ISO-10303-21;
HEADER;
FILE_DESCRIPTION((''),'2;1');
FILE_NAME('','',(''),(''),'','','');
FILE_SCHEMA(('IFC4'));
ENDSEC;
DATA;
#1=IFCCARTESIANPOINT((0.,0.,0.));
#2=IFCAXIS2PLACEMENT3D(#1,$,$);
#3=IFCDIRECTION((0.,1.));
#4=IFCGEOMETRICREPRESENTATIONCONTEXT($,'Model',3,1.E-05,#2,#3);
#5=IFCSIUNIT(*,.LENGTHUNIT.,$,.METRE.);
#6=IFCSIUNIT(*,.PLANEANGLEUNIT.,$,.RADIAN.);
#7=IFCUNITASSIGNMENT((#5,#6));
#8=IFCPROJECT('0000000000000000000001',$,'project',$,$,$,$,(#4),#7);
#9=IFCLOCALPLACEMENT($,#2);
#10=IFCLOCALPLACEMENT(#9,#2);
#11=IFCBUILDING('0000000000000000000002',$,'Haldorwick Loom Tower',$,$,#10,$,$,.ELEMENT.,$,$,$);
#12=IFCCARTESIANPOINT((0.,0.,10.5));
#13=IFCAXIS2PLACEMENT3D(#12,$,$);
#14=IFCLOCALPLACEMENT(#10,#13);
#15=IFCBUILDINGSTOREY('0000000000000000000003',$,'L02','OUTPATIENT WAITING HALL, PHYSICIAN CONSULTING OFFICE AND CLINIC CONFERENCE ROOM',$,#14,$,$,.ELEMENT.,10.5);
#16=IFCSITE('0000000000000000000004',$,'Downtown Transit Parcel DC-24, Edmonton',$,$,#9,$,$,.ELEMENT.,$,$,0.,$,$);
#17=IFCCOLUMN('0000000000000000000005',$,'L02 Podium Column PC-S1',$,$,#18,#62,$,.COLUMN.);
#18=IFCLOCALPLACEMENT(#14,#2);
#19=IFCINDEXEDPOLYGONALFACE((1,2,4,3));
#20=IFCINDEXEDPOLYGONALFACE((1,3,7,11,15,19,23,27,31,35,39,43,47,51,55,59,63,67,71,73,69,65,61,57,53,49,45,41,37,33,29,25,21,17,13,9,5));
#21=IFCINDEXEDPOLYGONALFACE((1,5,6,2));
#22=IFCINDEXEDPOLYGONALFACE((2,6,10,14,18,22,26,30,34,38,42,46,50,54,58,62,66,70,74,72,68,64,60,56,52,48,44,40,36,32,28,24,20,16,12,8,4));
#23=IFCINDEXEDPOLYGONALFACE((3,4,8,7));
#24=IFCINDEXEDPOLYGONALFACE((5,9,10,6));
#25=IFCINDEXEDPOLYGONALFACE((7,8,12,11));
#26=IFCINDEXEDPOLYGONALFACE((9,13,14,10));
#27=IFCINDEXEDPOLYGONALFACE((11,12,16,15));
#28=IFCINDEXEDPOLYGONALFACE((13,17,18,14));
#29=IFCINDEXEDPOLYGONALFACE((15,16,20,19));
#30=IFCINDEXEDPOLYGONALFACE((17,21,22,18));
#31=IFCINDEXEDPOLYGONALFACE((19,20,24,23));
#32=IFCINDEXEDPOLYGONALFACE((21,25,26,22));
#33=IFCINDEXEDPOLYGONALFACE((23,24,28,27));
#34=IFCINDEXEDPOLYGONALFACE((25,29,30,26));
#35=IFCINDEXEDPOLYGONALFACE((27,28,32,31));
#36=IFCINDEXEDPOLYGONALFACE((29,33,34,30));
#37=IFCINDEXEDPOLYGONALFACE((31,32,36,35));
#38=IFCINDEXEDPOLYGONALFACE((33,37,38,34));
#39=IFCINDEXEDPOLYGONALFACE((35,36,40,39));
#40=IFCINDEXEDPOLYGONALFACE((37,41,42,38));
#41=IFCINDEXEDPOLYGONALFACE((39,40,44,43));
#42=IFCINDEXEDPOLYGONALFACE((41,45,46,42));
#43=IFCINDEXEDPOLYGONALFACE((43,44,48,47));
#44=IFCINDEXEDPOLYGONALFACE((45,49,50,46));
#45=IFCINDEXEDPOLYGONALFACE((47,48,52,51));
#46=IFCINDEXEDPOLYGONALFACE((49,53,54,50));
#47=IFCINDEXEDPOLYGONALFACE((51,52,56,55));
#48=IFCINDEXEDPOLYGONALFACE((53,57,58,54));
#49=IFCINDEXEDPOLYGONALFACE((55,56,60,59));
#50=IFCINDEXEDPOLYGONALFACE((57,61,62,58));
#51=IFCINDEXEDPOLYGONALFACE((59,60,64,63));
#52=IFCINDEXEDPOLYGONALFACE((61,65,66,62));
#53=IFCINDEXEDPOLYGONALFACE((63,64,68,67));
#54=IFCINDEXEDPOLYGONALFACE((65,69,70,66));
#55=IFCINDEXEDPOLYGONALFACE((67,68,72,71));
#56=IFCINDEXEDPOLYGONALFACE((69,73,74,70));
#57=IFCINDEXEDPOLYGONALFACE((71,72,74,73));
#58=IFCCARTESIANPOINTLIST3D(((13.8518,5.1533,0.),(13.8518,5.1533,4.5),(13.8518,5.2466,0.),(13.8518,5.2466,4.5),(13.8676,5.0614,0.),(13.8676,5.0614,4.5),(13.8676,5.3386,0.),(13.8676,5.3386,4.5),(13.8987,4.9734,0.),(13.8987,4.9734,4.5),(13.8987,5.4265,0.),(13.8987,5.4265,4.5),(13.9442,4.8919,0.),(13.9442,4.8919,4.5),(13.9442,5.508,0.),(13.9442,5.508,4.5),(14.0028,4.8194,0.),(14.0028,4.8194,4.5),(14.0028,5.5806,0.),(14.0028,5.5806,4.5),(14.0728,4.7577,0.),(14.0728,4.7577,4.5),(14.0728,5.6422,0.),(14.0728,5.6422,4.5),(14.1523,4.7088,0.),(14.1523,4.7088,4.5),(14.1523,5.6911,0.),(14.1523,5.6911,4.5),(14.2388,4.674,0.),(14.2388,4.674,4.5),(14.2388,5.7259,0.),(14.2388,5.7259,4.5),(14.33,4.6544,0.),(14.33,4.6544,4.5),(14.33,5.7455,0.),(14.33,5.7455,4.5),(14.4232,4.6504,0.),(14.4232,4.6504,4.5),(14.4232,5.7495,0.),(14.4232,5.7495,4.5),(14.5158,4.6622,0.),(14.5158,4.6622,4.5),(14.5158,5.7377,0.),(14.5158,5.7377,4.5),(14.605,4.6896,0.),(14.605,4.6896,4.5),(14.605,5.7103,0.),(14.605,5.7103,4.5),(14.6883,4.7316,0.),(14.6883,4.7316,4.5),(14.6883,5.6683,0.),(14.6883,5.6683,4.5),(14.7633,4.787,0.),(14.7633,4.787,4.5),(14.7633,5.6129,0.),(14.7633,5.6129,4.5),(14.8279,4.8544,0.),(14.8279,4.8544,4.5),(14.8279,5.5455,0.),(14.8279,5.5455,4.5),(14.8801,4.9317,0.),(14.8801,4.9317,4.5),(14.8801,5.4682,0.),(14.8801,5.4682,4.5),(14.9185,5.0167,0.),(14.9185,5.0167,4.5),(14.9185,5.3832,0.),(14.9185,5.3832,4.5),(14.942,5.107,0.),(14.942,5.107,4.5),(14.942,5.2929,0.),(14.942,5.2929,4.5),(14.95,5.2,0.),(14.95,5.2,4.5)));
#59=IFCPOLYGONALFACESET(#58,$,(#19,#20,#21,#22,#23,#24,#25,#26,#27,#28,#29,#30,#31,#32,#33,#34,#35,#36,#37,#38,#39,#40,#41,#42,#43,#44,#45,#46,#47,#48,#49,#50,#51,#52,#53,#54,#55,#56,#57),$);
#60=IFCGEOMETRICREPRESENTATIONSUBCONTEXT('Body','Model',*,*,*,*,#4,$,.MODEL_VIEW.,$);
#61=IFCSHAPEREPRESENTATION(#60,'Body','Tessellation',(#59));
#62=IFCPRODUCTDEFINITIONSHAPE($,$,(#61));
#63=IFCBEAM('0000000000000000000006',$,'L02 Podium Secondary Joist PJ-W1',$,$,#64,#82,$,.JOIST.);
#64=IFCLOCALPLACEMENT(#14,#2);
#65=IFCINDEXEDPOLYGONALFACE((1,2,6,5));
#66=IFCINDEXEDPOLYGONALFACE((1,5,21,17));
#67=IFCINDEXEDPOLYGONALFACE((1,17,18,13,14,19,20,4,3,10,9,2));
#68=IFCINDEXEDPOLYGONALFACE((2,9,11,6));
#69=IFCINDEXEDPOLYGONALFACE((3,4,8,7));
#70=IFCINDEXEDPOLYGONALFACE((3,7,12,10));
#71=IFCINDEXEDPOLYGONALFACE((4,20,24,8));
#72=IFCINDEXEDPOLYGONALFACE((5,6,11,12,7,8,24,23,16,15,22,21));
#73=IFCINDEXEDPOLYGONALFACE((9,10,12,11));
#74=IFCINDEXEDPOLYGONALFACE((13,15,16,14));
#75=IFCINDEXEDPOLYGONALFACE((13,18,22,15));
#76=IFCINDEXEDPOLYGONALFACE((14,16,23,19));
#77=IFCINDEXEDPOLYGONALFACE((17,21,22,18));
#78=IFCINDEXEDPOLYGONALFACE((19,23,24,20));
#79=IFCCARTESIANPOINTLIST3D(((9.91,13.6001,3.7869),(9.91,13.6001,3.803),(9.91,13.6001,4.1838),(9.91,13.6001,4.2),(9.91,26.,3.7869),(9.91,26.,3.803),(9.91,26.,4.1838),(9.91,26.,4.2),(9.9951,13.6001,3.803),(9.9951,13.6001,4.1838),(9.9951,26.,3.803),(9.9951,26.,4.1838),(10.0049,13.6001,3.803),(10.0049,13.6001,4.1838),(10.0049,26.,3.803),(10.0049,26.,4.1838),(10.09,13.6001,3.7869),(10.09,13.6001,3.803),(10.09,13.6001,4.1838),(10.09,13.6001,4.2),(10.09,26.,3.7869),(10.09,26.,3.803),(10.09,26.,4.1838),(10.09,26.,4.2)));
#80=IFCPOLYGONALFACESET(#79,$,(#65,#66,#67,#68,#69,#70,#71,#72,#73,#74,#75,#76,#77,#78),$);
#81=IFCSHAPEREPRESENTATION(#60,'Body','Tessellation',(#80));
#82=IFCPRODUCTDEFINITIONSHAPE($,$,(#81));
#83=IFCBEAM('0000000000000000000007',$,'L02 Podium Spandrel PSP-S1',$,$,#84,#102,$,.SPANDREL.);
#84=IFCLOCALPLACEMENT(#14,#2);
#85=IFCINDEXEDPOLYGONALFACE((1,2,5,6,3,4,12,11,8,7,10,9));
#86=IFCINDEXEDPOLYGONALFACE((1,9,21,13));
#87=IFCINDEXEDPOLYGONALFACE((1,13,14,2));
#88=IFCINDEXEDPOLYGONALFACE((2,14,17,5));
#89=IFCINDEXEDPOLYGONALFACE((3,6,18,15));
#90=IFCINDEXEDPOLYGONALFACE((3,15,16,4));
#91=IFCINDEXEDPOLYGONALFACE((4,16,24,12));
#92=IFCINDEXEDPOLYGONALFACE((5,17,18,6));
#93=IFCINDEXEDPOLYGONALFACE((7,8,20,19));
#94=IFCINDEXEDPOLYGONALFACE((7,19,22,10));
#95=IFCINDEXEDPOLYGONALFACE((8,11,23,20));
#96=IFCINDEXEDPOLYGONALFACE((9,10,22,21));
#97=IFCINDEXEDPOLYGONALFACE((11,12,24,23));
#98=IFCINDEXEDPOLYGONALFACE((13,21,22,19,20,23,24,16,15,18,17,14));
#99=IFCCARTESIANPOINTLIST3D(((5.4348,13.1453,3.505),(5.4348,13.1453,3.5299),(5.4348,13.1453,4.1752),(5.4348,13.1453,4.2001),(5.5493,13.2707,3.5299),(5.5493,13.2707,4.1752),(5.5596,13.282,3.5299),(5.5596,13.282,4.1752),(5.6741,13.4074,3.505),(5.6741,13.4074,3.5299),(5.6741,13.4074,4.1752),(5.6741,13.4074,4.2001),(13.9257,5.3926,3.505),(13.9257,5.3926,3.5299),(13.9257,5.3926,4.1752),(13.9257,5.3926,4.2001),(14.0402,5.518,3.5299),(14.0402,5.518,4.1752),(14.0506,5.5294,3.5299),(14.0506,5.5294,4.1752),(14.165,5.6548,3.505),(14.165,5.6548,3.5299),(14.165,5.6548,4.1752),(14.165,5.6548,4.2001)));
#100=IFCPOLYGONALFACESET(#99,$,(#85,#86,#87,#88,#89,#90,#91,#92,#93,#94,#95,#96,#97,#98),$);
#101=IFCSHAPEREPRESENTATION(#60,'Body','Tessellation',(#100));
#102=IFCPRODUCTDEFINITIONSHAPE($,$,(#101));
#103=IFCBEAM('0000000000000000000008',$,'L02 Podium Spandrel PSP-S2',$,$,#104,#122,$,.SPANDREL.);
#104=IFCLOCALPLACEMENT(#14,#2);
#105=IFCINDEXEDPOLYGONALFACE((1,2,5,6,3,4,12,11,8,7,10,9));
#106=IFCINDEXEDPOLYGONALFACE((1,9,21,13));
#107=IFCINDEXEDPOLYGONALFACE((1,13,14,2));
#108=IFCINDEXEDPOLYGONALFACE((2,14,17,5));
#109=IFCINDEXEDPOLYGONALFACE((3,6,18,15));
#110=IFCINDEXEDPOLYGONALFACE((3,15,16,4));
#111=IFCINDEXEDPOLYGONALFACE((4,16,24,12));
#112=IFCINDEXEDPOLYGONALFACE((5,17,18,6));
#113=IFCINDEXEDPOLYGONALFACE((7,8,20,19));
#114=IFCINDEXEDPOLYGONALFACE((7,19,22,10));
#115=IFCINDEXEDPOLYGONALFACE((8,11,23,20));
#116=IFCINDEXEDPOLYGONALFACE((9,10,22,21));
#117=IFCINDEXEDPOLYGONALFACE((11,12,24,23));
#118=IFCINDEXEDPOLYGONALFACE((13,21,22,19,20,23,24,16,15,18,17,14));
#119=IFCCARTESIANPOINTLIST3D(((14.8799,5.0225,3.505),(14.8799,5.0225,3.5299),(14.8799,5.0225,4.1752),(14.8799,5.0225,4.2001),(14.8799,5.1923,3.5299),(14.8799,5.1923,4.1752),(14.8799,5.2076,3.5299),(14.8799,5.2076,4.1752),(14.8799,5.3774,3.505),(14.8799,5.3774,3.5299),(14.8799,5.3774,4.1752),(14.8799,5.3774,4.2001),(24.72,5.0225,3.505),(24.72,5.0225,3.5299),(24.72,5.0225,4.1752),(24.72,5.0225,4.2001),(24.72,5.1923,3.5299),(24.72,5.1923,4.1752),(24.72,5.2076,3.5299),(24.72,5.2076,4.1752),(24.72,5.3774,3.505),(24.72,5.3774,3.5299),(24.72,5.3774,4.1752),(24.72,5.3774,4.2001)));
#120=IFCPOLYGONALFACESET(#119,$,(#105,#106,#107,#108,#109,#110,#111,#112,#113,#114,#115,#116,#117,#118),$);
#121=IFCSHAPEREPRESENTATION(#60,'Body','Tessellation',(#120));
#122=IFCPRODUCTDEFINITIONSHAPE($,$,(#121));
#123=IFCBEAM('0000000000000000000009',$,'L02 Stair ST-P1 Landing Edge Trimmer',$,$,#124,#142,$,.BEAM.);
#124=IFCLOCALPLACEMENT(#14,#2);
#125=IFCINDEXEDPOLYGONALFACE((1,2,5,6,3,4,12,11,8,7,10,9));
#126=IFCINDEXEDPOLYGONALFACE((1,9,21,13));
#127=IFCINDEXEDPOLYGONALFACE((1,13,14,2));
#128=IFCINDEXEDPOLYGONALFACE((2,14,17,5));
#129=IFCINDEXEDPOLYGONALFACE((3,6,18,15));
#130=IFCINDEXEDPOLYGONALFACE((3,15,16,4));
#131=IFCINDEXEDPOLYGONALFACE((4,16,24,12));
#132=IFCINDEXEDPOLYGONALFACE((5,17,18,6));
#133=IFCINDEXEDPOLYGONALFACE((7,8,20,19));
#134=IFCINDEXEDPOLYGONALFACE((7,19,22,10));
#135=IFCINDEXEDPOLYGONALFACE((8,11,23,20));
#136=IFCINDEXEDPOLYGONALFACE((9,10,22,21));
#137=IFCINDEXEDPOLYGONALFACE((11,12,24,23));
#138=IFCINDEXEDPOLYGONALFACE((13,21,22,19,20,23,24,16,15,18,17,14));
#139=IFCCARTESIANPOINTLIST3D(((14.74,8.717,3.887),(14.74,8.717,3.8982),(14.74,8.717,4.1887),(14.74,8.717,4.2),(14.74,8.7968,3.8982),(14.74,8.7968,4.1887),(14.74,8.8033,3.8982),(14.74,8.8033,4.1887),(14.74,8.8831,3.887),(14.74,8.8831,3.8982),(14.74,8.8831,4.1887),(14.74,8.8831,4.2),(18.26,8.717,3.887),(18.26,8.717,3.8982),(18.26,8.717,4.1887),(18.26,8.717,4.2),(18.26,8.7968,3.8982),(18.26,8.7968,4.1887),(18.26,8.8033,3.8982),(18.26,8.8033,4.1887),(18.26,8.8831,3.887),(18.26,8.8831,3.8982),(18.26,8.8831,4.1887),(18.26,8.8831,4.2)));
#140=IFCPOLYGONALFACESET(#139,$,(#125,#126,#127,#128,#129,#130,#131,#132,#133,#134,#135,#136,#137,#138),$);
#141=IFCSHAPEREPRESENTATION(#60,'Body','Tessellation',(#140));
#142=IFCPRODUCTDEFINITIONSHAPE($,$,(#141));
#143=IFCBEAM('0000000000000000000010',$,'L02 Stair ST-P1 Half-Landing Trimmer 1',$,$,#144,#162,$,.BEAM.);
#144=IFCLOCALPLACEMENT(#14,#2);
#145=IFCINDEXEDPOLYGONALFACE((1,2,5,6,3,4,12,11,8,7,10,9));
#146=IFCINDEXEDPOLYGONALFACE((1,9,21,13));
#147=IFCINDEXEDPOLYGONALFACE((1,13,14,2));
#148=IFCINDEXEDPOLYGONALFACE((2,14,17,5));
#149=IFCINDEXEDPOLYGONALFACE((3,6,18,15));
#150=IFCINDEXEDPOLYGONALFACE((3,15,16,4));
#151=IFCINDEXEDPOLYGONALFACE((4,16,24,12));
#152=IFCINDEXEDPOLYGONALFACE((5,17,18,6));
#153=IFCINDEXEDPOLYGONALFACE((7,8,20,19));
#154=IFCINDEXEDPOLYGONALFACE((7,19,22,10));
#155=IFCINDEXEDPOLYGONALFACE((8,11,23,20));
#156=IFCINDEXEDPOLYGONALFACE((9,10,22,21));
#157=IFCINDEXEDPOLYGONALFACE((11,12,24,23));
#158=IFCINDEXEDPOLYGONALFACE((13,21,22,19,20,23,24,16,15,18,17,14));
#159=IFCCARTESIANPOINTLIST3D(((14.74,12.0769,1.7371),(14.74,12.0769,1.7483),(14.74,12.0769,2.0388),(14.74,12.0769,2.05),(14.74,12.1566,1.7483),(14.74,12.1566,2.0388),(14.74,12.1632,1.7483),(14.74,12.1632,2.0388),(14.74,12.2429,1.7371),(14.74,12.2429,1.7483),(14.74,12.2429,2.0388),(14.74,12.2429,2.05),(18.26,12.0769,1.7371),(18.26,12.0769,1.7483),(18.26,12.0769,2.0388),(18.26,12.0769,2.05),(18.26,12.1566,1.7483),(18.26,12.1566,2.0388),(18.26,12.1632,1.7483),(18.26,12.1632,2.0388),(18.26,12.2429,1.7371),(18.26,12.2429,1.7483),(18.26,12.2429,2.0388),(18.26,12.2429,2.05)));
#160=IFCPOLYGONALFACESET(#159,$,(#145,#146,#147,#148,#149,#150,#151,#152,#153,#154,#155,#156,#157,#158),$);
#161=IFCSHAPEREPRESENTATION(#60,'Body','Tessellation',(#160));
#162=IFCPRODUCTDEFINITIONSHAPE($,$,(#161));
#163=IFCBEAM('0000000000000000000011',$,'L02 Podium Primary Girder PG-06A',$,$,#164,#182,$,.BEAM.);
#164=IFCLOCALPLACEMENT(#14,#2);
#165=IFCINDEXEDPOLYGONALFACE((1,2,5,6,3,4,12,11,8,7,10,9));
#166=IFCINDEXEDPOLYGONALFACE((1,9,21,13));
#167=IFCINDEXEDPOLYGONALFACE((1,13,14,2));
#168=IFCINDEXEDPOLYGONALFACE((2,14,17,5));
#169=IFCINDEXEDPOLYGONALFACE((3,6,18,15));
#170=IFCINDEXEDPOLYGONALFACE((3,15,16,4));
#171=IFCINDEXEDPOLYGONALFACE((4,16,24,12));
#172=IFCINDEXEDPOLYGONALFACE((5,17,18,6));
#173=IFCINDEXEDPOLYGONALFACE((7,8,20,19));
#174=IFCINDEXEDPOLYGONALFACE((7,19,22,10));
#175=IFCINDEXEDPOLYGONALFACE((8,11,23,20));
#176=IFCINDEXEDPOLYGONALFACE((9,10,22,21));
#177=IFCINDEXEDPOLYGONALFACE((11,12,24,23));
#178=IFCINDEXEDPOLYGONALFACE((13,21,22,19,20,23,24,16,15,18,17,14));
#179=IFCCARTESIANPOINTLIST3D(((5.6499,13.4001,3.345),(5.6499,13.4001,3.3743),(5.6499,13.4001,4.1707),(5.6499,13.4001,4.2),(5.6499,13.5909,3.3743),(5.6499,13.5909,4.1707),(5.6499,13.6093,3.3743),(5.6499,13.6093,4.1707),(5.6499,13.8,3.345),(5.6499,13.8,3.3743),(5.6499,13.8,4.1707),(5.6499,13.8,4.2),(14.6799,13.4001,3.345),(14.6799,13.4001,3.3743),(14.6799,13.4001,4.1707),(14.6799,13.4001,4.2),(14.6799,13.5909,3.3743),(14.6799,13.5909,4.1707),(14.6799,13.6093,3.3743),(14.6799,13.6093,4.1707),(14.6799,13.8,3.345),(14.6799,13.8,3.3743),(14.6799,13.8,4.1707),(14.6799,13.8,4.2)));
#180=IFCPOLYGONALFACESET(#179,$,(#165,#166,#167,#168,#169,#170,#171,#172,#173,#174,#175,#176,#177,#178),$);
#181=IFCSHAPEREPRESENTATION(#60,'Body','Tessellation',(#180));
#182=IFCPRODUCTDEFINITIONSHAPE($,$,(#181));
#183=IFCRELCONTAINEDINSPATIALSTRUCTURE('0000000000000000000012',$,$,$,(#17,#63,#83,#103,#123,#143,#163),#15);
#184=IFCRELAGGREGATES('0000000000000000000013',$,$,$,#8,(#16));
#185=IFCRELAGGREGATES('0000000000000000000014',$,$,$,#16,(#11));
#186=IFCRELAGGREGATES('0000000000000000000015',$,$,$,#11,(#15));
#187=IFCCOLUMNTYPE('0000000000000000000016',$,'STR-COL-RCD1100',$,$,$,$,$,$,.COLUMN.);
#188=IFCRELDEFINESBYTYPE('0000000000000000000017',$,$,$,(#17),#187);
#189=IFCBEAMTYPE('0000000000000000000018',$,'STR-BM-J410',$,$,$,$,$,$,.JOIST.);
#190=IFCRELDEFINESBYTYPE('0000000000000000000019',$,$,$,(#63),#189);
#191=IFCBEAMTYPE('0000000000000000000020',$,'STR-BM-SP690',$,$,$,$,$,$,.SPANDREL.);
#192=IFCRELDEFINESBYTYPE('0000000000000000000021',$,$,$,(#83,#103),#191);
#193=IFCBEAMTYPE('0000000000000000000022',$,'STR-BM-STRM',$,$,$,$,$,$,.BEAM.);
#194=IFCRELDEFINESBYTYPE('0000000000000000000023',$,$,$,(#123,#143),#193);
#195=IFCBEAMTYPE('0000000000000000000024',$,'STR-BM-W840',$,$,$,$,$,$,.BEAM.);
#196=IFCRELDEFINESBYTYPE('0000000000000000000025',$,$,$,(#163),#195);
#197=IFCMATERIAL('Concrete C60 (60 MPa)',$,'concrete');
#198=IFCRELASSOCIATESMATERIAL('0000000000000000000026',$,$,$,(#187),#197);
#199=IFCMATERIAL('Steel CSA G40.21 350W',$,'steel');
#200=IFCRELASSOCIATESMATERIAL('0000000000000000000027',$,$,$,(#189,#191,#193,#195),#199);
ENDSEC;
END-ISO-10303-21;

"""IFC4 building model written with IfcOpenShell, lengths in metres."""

from ifc_helpers import new_model, si_unit, direction, frame, origin, origin_2d, place, context, subcontext, project, spatial, circle, i_section, extrude, material, material_profile, profile_set, type_object, element, save


model = new_model("IFC4")

# Units and contexts
model_context = context("Model", 3, precision=1e-05, world=origin(), true_north=direction((0.0, 1.0)))
body_context = subcontext(model_context, "Body", "Model", "MODEL_VIEW")
ifc_project = project(units=[si_unit("LENGTHUNIT", "METRE"), si_unit("PLANEANGLEUNIT", "RADIAN")], contexts=[model_context])

# Site, building, storey
site_placement = place(None, origin())
site = spatial("IfcSite", under=ifc_project, at=site_placement, Name="Downtown Transit Parcel DC-24, Edmonton", CompositionType="ELEMENT", RefElevation=0.0)
building_placement = place(site_placement, origin())
building = spatial("IfcBuilding", under=site, at=building_placement, Name="Haldorwick Loom Tower", CompositionType="ELEMENT")
storey_placement = place(building_placement, frame((0.0, 0.0, 10.5)))
storey = spatial("IfcBuildingStorey", under=building, at=storey_placement, Name="L02", Description="OUTPATIENT WAITING HALL, PHYSICIAN CONSULTING OFFICE AND CLINIC CONFERENCE ROOM", CompositionType="ELEMENT", Elevation=10.5)

# Column
ifc_material_1 = material(Name="Concrete C60 (60 MPa)", Category="concrete")
ifc_material_profile_1 = material_profile(ifc_material_1, circle(Radius=0.55, at=origin_2d()), Name="RCD1100", Category="concrete")
ifc_profile_set_1 = profile_set([ifc_material_profile_1], Name="Concrete C60 (60 MPa)")
column_type = type_object("IfcColumnType", Name="STR-COL-RCD1100", PredefinedType="COLUMN", material=ifc_profile_set_1)
column_placement = place(storey_placement, frame((14.3999, 5.2, 0.0), z_axis=(0.0, 0.0, 1.0), x_axis=(1.0, 0.0, 0.0)))
element("IfcColumn", 1, at=column_placement, inside=storey, type_object=column_type, Name="L02 Podium Column PC-S1", PredefinedType="COLUMN", context=body_context, shape_type="SweptSolid", body=[
    extrude(circle(Radius=0.55, at=origin_2d()), origin(), (0.0, 0.0, 1.0), 4.5),
])

# Beams
ifc_material_2 = material(Name="Steel CSA G40.21 350W", Category="steel")
ifc_material_profile_2 = material_profile(ifc_material_2, i_section(OverallWidth=0.1799, OverallDepth=0.4131, WebThickness=0.0098, FlangeThickness=0.0161, at=origin_2d()), Name="W410X74", Category="steel")
ifc_profile_set_2 = profile_set([ifc_material_profile_2], Name="Steel CSA G40.21 350W")
beam_type_1 = type_object("IfcBeamType", Name="STR-BM-J410", PredefinedType="JOIST", material=ifc_profile_set_2)
beam_1_placement = place(storey_placement, frame((10.0, 13.6001, 3.9934), z_axis=(0.0, 1.0, 0.0), x_axis=(-1.0, 0.0, 0.0)))
element("IfcBeam", 2, at=beam_1_placement, inside=storey, type_object=beam_type_1, Name="L02 Podium Secondary Joist PJ-W1", PredefinedType="JOIST", context=body_context, shape_type="SweptSolid", body=[
    extrude(i_section(OverallWidth=0.1799, OverallDepth=0.4131, WebThickness=0.0098, FlangeThickness=0.0161, at=origin_2d()), origin(), (0.0, 0.0, 1.0), 12.3999),
])
ifc_material_profile_3 = material_profile(ifc_material_2, i_section(OverallWidth=0.355, OverallDepth=0.6951, WebThickness=0.0154, FlangeThickness=0.0249, at=origin_2d()), Name="W690X217", Category="steel")
ifc_profile_set_3 = profile_set([ifc_material_profile_3], Name="Steel CSA G40.21 350W")
beam_type_2 = type_object("IfcBeamType", Name="STR-BM-SP690", PredefinedType="SPANDREL", material=ifc_profile_set_3)
beam_2_placement = place(storey_placement, frame((5.5544, 13.2764, 3.8525), z_axis=(0.738483, -0.674272, 0.0), x_axis=(0.674272, 0.738483, 0.0)))
element("IfcBeam", 3, at=beam_2_placement, inside=storey, type_object=beam_type_2, Name="L02 Podium Spandrel PSP-S1", PredefinedType="SPANDREL", context=body_context, shape_type="SweptSolid", body=[
    extrude(i_section(OverallWidth=0.355, OverallDepth=0.6951, WebThickness=0.0154, FlangeThickness=0.0249, at=origin_2d()), origin(), (0.0, 0.0, 1.0), 11.4978),
])
beam_3_placement = place(storey_placement, frame((14.8799, 5.2, 3.8525), z_axis=(1.0, 0.0, 0.0), x_axis=(0.0, 1.0, 0.0)))
element("IfcBeam", 4, at=beam_3_placement, inside=storey, type_object=beam_type_2, Name="L02 Podium Spandrel PSP-S2", PredefinedType="SPANDREL", context=body_context, shape_type="SweptSolid", body=[
    extrude(i_section(OverallWidth=0.355, OverallDepth=0.6951, WebThickness=0.0154, FlangeThickness=0.0249, at=origin_2d()), origin(), (0.0, 0.0, 1.0), 9.8401),
])
ifc_material_profile_4 = material_profile(ifc_material_2, i_section(OverallWidth=0.166, OverallDepth=0.313, WebThickness=0.0066, FlangeThickness=0.0112, at=origin_2d()), Name="W310X45", Category="steel")
ifc_profile_set_4 = profile_set([ifc_material_profile_4], Name="Steel CSA G40.21 350W")
beam_type_3 = type_object("IfcBeamType", Name="STR-BM-STRM", PredefinedType="BEAM", material=ifc_profile_set_4)
for number, where, z_axis, x_axis, name in (
    (5, (14.74, 8.8, 4.0435), (1.0, 0.0, 0.0), (0.0, 1.0, 0.0), "L02 Stair ST-P1 Landing Edge Trimmer"),
    (6, (14.74, 12.1599, 1.8936), (1.0, 0.0, 0.0), (0.0, 1.0, 0.0), "L02 Stair ST-P1 Half-Landing Trimmer 1"),
):
    element("IfcBeam", number, at=place(storey_placement, frame(where, z_axis=z_axis, x_axis=x_axis)), inside=storey, type_object=beam_type_3, Name=name, PredefinedType="BEAM", context=body_context, shape_type="SweptSolid", body=[
        extrude(i_section(OverallWidth=0.166, OverallDepth=0.313, WebThickness=0.0066, FlangeThickness=0.0112, at=origin_2d()), origin(), (0.0, 0.0, 1.0), 3.52),
    ])
ifc_material_profile_5 = material_profile(ifc_material_2, i_section(OverallWidth=0.3999, OverallDepth=0.855, WebThickness=0.0183, FlangeThickness=0.0293, at=origin_2d()), Name="W840X299", Category="steel")
ifc_profile_set_5 = profile_set([ifc_material_profile_5], Name="Steel CSA G40.21 350W")
beam_type_4 = type_object("IfcBeamType", Name="STR-BM-W840", PredefinedType="BEAM", material=ifc_profile_set_5)
beam_4_placement = place(storey_placement, frame((5.6499, 13.6001, 3.7725), z_axis=(1.0, 0.0, 0.0), x_axis=(0.0, 1.0, 0.0)))
element("IfcBeam", 7, at=beam_4_placement, inside=storey, type_object=beam_type_4, Name="L02 Podium Primary Girder PG-06A", PredefinedType="BEAM", context=body_context, shape_type="SweptSolid", body=[
    extrude(i_section(OverallWidth=0.3999, OverallDepth=0.855, WebThickness=0.0183, FlangeThickness=0.0293, at=origin_2d()), origin(), (0.0, 0.0, 1.0), 9.03),
])

save(model, "model.ifc")
